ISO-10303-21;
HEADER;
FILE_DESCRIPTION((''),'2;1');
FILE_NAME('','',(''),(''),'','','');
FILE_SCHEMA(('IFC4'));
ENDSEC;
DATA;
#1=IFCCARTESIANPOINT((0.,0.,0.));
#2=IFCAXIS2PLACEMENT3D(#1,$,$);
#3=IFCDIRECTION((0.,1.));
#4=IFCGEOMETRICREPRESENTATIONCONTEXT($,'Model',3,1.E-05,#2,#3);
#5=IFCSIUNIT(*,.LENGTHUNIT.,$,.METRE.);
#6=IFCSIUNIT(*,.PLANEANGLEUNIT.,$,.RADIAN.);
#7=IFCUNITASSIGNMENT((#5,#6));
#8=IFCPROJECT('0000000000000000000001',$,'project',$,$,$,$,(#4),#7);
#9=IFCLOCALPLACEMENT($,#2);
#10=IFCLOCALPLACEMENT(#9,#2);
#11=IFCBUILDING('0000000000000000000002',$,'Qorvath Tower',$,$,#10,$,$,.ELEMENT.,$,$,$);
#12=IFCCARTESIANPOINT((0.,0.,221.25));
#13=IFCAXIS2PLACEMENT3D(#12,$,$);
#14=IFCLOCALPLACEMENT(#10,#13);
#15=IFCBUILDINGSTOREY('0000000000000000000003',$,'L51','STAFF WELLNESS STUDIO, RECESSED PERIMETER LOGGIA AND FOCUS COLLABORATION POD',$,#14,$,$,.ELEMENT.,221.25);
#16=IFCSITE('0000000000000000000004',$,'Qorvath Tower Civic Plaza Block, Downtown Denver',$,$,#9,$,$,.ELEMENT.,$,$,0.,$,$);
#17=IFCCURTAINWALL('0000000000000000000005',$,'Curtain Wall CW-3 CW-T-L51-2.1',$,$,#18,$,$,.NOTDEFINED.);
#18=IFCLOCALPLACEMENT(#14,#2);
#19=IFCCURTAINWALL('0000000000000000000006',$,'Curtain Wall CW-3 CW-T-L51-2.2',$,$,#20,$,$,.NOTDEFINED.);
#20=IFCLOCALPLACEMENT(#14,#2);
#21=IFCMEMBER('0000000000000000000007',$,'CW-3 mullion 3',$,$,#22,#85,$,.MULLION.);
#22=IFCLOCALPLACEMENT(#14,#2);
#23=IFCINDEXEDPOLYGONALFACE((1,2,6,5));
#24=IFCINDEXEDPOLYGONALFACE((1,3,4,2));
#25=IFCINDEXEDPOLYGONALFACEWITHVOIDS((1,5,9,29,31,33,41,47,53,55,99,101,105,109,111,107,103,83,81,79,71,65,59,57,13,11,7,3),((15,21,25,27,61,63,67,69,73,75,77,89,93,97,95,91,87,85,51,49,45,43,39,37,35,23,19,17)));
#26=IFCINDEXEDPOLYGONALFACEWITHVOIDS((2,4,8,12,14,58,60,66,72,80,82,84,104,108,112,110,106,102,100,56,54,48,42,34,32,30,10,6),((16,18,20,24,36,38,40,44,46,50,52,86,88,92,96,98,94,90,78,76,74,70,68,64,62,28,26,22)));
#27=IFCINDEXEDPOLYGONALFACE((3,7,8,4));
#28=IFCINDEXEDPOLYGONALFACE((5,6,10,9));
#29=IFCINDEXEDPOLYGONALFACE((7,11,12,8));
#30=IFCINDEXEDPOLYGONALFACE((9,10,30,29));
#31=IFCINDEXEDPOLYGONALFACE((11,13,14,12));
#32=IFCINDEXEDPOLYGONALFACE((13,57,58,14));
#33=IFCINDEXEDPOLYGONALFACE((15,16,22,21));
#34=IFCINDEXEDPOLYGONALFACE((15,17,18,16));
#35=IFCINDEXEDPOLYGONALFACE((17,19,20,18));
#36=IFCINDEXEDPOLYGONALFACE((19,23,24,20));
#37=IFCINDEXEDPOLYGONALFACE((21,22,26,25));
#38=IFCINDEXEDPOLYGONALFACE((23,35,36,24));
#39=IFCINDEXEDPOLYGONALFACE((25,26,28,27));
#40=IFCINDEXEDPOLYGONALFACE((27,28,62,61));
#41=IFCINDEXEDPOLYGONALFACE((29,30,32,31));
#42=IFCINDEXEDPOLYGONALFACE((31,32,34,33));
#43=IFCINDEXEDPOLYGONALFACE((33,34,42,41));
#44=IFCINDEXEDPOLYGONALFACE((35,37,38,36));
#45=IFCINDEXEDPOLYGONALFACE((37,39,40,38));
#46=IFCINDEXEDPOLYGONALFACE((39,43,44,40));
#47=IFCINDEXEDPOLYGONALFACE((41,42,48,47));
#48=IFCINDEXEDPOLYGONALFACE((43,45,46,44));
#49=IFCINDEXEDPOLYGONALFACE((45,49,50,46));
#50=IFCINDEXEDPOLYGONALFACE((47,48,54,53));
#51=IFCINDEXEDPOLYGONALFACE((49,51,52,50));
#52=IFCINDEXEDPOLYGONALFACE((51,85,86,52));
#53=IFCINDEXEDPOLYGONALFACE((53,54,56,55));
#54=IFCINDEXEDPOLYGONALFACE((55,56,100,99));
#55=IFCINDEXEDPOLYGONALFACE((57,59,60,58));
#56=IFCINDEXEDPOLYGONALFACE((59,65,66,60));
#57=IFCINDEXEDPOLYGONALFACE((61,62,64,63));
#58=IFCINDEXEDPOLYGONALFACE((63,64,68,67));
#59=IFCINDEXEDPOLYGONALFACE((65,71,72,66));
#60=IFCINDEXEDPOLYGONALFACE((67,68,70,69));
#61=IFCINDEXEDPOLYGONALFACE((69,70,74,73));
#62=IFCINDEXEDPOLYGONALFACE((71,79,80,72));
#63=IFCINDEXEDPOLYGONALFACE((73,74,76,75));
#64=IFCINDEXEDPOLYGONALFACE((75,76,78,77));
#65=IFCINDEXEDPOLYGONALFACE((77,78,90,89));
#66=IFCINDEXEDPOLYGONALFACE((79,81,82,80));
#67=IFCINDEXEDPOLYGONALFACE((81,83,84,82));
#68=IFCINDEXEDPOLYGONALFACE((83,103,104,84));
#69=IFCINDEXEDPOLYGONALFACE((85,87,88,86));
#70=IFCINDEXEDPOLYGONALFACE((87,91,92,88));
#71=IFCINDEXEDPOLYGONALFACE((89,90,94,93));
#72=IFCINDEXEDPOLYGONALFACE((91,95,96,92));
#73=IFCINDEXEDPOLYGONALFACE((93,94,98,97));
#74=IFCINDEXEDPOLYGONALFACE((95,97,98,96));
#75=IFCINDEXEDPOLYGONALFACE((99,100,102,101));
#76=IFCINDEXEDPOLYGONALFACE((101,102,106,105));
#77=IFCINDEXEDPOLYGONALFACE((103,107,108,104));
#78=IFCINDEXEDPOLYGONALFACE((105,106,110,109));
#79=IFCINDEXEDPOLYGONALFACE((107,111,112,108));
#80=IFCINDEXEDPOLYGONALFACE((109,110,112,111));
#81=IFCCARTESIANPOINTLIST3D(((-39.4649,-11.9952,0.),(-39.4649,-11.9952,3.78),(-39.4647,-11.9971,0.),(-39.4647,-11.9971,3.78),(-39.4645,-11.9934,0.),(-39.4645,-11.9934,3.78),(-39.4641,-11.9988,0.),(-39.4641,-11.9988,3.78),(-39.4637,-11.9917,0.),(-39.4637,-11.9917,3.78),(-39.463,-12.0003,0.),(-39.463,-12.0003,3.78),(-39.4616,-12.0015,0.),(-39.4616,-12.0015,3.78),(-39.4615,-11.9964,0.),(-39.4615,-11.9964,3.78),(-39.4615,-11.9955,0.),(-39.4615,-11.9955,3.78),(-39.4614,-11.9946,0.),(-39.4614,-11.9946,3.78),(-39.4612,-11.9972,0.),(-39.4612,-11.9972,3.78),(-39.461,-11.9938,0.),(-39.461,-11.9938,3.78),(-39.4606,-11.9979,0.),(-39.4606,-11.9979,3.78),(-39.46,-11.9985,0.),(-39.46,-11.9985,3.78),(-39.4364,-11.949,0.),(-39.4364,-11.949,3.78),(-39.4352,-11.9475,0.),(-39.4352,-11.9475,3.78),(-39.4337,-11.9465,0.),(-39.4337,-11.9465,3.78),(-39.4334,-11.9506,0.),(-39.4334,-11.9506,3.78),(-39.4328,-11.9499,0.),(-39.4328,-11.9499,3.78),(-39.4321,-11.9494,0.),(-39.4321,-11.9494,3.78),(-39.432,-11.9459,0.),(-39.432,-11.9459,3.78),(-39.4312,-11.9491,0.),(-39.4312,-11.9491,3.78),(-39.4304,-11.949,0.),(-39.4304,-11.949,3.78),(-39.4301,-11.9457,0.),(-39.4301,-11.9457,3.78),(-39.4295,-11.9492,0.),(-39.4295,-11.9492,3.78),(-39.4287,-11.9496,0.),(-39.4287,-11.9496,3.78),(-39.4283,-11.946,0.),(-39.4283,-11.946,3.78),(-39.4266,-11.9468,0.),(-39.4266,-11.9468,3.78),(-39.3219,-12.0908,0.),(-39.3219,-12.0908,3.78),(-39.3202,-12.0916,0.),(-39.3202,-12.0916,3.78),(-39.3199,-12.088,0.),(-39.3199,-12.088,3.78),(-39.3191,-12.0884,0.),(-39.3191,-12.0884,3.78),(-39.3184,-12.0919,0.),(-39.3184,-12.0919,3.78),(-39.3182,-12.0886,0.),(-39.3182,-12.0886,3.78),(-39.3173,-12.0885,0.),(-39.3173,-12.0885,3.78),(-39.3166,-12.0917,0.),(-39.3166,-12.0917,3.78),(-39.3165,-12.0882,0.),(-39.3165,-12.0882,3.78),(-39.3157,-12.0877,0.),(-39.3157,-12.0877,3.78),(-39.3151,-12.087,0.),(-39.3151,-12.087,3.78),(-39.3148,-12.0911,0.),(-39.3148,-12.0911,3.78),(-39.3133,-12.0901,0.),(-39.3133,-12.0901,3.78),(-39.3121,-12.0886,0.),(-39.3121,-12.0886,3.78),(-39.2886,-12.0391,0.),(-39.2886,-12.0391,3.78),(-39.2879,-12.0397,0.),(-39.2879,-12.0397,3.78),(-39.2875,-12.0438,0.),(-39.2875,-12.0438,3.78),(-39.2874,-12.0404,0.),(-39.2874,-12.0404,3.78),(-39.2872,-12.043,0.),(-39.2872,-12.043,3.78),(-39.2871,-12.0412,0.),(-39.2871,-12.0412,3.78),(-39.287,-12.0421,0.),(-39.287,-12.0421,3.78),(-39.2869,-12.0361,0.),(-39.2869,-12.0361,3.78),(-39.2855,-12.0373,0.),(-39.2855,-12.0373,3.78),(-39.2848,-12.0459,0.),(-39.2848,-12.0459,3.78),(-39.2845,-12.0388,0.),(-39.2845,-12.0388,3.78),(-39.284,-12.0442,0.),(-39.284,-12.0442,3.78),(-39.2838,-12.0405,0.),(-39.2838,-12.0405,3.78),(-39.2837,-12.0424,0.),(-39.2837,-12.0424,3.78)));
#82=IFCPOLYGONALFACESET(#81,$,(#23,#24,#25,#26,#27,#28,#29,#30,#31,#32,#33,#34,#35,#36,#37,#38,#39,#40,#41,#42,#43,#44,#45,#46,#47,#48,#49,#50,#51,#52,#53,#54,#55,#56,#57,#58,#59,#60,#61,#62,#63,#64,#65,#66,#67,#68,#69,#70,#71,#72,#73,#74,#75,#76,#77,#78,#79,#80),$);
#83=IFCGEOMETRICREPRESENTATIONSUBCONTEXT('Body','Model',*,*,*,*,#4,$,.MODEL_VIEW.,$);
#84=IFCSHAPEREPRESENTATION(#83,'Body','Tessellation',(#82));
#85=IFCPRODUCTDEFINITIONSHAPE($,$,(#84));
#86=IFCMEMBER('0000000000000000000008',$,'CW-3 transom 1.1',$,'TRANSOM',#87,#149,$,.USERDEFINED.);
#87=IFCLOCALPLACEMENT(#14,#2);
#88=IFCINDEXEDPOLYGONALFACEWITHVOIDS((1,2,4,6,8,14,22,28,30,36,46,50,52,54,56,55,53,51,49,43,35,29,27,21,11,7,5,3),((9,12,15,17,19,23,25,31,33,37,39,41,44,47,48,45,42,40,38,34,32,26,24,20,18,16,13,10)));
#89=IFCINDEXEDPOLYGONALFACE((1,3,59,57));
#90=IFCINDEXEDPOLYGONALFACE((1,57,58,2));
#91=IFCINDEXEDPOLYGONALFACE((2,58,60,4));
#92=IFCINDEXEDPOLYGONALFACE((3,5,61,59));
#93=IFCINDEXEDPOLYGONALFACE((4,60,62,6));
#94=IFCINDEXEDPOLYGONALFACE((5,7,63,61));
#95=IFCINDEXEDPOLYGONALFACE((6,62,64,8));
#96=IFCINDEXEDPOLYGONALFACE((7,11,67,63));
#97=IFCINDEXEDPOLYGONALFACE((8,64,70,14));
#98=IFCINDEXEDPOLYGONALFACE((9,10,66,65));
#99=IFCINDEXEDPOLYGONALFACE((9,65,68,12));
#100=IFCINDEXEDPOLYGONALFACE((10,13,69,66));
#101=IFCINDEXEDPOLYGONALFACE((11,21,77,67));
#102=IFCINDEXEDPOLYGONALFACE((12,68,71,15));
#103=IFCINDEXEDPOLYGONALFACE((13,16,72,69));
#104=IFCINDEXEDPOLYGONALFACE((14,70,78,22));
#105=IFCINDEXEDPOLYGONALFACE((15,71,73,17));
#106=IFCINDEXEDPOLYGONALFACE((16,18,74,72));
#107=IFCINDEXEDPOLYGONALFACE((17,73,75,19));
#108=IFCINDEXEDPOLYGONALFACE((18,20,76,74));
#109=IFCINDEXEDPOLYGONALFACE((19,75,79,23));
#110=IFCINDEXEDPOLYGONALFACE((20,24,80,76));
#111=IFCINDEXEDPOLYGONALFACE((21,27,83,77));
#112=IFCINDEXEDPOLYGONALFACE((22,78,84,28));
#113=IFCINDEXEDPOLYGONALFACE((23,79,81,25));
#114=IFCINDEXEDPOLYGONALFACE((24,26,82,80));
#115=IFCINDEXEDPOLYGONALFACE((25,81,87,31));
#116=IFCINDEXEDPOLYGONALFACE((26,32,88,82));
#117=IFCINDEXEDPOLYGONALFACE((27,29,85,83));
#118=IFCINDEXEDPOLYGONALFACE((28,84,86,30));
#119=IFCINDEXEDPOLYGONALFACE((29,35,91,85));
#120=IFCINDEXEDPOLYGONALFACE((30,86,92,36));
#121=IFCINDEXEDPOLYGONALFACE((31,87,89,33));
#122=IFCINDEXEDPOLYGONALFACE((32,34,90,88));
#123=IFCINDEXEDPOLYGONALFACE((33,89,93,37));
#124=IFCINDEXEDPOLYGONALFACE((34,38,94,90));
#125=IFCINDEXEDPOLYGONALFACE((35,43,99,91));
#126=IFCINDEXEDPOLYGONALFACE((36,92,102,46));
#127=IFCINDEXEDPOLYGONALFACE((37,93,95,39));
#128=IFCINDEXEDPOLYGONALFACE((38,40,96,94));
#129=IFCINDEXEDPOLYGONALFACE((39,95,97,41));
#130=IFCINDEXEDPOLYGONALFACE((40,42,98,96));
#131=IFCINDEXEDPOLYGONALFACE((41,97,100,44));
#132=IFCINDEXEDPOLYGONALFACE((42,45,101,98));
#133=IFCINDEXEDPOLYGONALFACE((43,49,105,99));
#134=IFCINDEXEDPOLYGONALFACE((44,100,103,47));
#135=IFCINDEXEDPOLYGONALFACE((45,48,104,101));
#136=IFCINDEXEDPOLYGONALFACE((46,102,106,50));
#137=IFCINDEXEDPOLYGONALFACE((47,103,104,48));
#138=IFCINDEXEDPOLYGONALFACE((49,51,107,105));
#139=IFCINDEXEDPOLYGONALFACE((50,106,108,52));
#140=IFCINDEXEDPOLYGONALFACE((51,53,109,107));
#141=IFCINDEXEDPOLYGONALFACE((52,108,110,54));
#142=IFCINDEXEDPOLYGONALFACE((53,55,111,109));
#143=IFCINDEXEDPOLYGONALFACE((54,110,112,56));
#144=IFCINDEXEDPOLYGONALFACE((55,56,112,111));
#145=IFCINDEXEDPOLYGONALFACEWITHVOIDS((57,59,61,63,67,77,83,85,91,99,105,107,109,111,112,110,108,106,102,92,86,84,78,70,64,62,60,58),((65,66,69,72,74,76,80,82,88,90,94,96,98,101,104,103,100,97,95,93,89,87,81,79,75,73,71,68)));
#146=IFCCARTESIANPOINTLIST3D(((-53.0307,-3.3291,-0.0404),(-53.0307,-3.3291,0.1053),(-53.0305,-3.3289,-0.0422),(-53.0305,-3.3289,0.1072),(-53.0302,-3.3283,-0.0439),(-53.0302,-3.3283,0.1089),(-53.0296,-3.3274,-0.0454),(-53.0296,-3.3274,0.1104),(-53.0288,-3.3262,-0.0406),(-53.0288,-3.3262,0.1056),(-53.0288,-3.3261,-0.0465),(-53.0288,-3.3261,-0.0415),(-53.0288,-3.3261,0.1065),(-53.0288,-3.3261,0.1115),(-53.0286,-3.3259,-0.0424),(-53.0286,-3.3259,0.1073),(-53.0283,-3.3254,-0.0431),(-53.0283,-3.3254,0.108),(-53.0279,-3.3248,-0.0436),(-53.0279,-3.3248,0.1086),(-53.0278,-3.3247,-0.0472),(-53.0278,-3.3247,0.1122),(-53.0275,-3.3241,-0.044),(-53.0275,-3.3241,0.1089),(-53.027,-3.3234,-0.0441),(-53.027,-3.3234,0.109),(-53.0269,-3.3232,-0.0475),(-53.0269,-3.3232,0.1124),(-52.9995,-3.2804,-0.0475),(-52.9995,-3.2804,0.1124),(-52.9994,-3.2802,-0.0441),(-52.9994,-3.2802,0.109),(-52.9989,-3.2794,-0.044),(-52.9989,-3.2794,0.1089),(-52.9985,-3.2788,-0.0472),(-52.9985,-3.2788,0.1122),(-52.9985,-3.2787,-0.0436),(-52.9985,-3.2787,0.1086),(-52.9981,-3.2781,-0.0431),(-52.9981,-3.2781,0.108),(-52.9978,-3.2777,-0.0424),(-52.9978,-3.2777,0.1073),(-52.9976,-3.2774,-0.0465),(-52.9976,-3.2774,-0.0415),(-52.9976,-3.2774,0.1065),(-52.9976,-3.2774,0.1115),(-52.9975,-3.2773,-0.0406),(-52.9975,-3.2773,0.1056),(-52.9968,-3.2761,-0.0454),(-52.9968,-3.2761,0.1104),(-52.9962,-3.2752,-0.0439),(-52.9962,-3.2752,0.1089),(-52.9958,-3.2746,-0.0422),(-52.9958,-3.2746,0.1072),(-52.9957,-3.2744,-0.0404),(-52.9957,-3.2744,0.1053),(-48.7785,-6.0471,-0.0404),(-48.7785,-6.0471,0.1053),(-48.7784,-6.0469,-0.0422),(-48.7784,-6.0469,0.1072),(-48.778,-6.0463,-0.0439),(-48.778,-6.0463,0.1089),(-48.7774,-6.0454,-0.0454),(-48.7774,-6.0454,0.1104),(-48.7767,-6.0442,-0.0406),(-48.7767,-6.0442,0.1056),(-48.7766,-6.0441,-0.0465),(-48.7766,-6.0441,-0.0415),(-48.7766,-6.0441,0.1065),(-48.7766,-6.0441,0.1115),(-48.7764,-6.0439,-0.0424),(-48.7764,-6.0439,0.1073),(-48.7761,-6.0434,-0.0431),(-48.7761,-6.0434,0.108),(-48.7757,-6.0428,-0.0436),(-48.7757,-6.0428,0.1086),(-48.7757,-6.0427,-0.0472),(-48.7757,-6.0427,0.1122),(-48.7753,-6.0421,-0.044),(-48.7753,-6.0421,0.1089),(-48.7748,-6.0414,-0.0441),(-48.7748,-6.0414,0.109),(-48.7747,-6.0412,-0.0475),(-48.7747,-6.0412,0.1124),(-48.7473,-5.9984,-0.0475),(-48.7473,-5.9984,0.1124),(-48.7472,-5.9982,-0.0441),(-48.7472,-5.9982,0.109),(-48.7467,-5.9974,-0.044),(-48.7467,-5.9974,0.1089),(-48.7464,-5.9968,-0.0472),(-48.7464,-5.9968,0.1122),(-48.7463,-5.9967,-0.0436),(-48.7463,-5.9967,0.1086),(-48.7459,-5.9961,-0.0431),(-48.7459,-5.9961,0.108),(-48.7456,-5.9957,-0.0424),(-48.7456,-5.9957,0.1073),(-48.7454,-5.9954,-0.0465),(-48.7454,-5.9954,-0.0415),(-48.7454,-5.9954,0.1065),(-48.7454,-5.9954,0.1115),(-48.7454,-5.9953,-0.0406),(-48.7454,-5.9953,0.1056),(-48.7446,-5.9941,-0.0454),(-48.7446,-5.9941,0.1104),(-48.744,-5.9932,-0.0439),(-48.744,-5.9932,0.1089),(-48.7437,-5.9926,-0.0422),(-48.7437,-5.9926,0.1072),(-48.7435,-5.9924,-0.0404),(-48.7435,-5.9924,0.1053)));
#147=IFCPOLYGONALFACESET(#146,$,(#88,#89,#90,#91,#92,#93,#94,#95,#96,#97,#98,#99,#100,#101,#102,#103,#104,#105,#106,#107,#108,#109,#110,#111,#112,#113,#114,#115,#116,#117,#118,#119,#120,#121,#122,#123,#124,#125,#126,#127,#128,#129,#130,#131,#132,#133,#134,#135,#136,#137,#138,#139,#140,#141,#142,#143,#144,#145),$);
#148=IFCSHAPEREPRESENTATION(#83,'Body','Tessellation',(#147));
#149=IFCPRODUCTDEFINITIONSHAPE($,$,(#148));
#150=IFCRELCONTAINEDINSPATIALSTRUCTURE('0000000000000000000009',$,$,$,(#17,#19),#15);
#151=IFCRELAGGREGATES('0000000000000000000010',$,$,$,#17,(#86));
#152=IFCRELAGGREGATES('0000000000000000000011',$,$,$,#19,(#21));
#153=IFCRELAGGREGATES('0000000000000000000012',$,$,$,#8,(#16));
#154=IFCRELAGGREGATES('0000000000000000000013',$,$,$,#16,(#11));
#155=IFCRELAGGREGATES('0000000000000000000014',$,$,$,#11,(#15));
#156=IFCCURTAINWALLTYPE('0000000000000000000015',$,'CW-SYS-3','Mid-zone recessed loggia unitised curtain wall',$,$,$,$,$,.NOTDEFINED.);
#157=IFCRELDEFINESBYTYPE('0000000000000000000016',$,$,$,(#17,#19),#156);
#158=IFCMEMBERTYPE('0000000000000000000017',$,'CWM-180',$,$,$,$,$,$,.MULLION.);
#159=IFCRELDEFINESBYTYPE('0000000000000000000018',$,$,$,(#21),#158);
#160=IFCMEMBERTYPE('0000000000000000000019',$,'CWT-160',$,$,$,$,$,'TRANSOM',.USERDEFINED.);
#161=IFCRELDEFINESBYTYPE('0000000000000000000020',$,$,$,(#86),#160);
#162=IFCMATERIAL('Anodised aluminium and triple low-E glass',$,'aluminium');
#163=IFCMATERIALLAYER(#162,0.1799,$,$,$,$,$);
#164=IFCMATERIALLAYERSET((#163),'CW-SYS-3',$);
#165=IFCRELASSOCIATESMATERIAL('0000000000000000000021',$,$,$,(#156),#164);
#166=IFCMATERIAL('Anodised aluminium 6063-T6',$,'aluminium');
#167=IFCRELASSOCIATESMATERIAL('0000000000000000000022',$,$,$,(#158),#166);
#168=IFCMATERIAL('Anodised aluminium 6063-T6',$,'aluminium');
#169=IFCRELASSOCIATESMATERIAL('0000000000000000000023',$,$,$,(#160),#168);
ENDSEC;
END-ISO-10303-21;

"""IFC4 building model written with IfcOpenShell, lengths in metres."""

from ifc_helpers import new_model, si_unit, direction, frame, origin, origin_2d, place, context, subcontext, project, spatial, hollow_rectangle, extrude, material, layer, layer_set, material_profile, profile_set, type_object, element, aggregate, save


model = new_model("IFC4")

# Units and contexts
model_context = context("Model", 3, precision=1e-05, world=origin(), true_north=direction((0.0, 1.0)))
body_context = subcontext(model_context, "Body", "Model", "MODEL_VIEW")
ifc_project = project(units=[si_unit("LENGTHUNIT", "METRE"), si_unit("PLANEANGLEUNIT", "RADIAN")], contexts=[model_context])

# Site, building, storey
site_placement = place(None, origin())
site = spatial("IfcSite", under=ifc_project, at=site_placement, Name="Qorvath Tower Civic Plaza Block, Downtown Denver", CompositionType="ELEMENT", RefElevation=0.0)
building_placement = place(site_placement, origin())
building = spatial("IfcBuilding", under=site, at=building_placement, Name="Qorvath Tower", CompositionType="ELEMENT")
storey_placement = place(building_placement, frame((0.0, 0.0, 221.25)))
storey = spatial("IfcBuildingStorey", under=building, at=storey_placement, Name="L51", Description="STAFF WELLNESS STUDIO, RECESSED PERIMETER LOGGIA AND FOCUS COLLABORATION POD", CompositionType="ELEMENT", Elevation=221.25)

# Curtain walls, member
ifc_material_1 = material(Name="Anodised aluminium and triple low-E glass", Category="aluminium")
ifc_layer_1 = layer(ifc_material_1, 0.1799)
ifc_layer_set_1 = layer_set([ifc_layer_1], Name="CW-SYS-3")
curtain_wall_type = type_object("IfcCurtainWallType", Name="CW-SYS-3", Description="Mid-zone recessed loggia unitised curtain wall", PredefinedType="NOTDEFINED", material=ifc_layer_set_1)
curtain_wall_1_placement = place(storey_placement, origin())
curtain_wall_1 = element("IfcCurtainWall", 1, at=curtain_wall_1_placement, inside=storey, type_object=curtain_wall_type, Name="Curtain Wall CW-3 CW-T-L51-2.1", PredefinedType="NOTDEFINED")
ifc_material_2 = material(Name="Anodised aluminium 6063-T6", Category="aluminium")
ifc_material_profile_1 = material_profile(ifc_material_2, hollow_rectangle(XDim=0.0649, YDim=0.1799, WallThickness=0.0034, InnerFilletRadius=0.0034, OuterFilletRadius=0.0071, at=origin_2d()), Name="CWM 180x65")
ifc_profile_set_1 = profile_set([ifc_material_profile_1], Name="Anodised aluminium 6063-T6")
member_type_1 = type_object("IfcMemberType", Name="CWM-180", PredefinedType="MULLION", material=ifc_profile_set_1)
curtain_wall_2_placement = place(storey_placement, origin())
curtain_wall_2 = element("IfcCurtainWall", 2, at=curtain_wall_2_placement, inside=storey, type_object=curtain_wall_type, Name="Curtain Wall CW-3 CW-T-L51-2.2", PredefinedType="NOTDEFINED")
member_1_placement = place(storey_placement, frame((-39.3743, -12.0188, 0.0), z_axis=(0.0, 0.0, 1.0), x_axis=(0.538535, 0.842603, 0.0)))
member_1 = element("IfcMember", 3, at=member_1_placement, type_object=member_type_1, Name="CW-3 mullion 3", PredefinedType="MULLION", context=body_context, shape_type="SweptSolid", body=[
    extrude(hollow_rectangle(XDim=0.0649, YDim=0.1799, WallThickness=0.0034, InnerFilletRadius=0.0034, OuterFilletRadius=0.0071, at=origin_2d()), origin(), (0.0, 0.0, 1.0), 3.78),
])

# Member
ifc_material_3 = material(Name="Anodised aluminium 6063-T6", Category="aluminium")
ifc_material_profile_2 = material_profile(ifc_material_3, hollow_rectangle(XDim=0.0649, YDim=0.1599, WallThickness=0.0034, InnerFilletRadius=0.0034, OuterFilletRadius=0.0071, at=origin_2d()), Name="CWT 160x65")
ifc_profile_set_2 = profile_set([ifc_material_profile_2], Name="Anodised aluminium 6063-T6")
member_type_2 = type_object("IfcMemberType", Name="CWT-160", ElementType="TRANSOM", PredefinedType="USERDEFINED", material=ifc_profile_set_2)
member_2_placement = place(storey_placement, frame((-53.0132, -3.3018, 0.0325), z_axis=(0.842576, -0.538577, 0.0), x_axis=(0.538577, 0.842576, 0.0)))
member_2 = element("IfcMember", 4, at=member_2_placement, type_object=member_type_2, Name="CW-3 transom 1.1", ObjectType="TRANSOM", PredefinedType="USERDEFINED", context=body_context, shape_type="SweptSolid", body=[
    extrude(hollow_rectangle(XDim=0.0649, YDim=0.1599, WallThickness=0.0034, InnerFilletRadius=0.0034, OuterFilletRadius=0.0071, at=origin_2d()), origin(), (0.0, 0.0, 1.0), 5.0466),
])

aggregate(curtain_wall_1, [member_2])
aggregate(curtain_wall_2, [member_1])

save(model, "model.ifc")
